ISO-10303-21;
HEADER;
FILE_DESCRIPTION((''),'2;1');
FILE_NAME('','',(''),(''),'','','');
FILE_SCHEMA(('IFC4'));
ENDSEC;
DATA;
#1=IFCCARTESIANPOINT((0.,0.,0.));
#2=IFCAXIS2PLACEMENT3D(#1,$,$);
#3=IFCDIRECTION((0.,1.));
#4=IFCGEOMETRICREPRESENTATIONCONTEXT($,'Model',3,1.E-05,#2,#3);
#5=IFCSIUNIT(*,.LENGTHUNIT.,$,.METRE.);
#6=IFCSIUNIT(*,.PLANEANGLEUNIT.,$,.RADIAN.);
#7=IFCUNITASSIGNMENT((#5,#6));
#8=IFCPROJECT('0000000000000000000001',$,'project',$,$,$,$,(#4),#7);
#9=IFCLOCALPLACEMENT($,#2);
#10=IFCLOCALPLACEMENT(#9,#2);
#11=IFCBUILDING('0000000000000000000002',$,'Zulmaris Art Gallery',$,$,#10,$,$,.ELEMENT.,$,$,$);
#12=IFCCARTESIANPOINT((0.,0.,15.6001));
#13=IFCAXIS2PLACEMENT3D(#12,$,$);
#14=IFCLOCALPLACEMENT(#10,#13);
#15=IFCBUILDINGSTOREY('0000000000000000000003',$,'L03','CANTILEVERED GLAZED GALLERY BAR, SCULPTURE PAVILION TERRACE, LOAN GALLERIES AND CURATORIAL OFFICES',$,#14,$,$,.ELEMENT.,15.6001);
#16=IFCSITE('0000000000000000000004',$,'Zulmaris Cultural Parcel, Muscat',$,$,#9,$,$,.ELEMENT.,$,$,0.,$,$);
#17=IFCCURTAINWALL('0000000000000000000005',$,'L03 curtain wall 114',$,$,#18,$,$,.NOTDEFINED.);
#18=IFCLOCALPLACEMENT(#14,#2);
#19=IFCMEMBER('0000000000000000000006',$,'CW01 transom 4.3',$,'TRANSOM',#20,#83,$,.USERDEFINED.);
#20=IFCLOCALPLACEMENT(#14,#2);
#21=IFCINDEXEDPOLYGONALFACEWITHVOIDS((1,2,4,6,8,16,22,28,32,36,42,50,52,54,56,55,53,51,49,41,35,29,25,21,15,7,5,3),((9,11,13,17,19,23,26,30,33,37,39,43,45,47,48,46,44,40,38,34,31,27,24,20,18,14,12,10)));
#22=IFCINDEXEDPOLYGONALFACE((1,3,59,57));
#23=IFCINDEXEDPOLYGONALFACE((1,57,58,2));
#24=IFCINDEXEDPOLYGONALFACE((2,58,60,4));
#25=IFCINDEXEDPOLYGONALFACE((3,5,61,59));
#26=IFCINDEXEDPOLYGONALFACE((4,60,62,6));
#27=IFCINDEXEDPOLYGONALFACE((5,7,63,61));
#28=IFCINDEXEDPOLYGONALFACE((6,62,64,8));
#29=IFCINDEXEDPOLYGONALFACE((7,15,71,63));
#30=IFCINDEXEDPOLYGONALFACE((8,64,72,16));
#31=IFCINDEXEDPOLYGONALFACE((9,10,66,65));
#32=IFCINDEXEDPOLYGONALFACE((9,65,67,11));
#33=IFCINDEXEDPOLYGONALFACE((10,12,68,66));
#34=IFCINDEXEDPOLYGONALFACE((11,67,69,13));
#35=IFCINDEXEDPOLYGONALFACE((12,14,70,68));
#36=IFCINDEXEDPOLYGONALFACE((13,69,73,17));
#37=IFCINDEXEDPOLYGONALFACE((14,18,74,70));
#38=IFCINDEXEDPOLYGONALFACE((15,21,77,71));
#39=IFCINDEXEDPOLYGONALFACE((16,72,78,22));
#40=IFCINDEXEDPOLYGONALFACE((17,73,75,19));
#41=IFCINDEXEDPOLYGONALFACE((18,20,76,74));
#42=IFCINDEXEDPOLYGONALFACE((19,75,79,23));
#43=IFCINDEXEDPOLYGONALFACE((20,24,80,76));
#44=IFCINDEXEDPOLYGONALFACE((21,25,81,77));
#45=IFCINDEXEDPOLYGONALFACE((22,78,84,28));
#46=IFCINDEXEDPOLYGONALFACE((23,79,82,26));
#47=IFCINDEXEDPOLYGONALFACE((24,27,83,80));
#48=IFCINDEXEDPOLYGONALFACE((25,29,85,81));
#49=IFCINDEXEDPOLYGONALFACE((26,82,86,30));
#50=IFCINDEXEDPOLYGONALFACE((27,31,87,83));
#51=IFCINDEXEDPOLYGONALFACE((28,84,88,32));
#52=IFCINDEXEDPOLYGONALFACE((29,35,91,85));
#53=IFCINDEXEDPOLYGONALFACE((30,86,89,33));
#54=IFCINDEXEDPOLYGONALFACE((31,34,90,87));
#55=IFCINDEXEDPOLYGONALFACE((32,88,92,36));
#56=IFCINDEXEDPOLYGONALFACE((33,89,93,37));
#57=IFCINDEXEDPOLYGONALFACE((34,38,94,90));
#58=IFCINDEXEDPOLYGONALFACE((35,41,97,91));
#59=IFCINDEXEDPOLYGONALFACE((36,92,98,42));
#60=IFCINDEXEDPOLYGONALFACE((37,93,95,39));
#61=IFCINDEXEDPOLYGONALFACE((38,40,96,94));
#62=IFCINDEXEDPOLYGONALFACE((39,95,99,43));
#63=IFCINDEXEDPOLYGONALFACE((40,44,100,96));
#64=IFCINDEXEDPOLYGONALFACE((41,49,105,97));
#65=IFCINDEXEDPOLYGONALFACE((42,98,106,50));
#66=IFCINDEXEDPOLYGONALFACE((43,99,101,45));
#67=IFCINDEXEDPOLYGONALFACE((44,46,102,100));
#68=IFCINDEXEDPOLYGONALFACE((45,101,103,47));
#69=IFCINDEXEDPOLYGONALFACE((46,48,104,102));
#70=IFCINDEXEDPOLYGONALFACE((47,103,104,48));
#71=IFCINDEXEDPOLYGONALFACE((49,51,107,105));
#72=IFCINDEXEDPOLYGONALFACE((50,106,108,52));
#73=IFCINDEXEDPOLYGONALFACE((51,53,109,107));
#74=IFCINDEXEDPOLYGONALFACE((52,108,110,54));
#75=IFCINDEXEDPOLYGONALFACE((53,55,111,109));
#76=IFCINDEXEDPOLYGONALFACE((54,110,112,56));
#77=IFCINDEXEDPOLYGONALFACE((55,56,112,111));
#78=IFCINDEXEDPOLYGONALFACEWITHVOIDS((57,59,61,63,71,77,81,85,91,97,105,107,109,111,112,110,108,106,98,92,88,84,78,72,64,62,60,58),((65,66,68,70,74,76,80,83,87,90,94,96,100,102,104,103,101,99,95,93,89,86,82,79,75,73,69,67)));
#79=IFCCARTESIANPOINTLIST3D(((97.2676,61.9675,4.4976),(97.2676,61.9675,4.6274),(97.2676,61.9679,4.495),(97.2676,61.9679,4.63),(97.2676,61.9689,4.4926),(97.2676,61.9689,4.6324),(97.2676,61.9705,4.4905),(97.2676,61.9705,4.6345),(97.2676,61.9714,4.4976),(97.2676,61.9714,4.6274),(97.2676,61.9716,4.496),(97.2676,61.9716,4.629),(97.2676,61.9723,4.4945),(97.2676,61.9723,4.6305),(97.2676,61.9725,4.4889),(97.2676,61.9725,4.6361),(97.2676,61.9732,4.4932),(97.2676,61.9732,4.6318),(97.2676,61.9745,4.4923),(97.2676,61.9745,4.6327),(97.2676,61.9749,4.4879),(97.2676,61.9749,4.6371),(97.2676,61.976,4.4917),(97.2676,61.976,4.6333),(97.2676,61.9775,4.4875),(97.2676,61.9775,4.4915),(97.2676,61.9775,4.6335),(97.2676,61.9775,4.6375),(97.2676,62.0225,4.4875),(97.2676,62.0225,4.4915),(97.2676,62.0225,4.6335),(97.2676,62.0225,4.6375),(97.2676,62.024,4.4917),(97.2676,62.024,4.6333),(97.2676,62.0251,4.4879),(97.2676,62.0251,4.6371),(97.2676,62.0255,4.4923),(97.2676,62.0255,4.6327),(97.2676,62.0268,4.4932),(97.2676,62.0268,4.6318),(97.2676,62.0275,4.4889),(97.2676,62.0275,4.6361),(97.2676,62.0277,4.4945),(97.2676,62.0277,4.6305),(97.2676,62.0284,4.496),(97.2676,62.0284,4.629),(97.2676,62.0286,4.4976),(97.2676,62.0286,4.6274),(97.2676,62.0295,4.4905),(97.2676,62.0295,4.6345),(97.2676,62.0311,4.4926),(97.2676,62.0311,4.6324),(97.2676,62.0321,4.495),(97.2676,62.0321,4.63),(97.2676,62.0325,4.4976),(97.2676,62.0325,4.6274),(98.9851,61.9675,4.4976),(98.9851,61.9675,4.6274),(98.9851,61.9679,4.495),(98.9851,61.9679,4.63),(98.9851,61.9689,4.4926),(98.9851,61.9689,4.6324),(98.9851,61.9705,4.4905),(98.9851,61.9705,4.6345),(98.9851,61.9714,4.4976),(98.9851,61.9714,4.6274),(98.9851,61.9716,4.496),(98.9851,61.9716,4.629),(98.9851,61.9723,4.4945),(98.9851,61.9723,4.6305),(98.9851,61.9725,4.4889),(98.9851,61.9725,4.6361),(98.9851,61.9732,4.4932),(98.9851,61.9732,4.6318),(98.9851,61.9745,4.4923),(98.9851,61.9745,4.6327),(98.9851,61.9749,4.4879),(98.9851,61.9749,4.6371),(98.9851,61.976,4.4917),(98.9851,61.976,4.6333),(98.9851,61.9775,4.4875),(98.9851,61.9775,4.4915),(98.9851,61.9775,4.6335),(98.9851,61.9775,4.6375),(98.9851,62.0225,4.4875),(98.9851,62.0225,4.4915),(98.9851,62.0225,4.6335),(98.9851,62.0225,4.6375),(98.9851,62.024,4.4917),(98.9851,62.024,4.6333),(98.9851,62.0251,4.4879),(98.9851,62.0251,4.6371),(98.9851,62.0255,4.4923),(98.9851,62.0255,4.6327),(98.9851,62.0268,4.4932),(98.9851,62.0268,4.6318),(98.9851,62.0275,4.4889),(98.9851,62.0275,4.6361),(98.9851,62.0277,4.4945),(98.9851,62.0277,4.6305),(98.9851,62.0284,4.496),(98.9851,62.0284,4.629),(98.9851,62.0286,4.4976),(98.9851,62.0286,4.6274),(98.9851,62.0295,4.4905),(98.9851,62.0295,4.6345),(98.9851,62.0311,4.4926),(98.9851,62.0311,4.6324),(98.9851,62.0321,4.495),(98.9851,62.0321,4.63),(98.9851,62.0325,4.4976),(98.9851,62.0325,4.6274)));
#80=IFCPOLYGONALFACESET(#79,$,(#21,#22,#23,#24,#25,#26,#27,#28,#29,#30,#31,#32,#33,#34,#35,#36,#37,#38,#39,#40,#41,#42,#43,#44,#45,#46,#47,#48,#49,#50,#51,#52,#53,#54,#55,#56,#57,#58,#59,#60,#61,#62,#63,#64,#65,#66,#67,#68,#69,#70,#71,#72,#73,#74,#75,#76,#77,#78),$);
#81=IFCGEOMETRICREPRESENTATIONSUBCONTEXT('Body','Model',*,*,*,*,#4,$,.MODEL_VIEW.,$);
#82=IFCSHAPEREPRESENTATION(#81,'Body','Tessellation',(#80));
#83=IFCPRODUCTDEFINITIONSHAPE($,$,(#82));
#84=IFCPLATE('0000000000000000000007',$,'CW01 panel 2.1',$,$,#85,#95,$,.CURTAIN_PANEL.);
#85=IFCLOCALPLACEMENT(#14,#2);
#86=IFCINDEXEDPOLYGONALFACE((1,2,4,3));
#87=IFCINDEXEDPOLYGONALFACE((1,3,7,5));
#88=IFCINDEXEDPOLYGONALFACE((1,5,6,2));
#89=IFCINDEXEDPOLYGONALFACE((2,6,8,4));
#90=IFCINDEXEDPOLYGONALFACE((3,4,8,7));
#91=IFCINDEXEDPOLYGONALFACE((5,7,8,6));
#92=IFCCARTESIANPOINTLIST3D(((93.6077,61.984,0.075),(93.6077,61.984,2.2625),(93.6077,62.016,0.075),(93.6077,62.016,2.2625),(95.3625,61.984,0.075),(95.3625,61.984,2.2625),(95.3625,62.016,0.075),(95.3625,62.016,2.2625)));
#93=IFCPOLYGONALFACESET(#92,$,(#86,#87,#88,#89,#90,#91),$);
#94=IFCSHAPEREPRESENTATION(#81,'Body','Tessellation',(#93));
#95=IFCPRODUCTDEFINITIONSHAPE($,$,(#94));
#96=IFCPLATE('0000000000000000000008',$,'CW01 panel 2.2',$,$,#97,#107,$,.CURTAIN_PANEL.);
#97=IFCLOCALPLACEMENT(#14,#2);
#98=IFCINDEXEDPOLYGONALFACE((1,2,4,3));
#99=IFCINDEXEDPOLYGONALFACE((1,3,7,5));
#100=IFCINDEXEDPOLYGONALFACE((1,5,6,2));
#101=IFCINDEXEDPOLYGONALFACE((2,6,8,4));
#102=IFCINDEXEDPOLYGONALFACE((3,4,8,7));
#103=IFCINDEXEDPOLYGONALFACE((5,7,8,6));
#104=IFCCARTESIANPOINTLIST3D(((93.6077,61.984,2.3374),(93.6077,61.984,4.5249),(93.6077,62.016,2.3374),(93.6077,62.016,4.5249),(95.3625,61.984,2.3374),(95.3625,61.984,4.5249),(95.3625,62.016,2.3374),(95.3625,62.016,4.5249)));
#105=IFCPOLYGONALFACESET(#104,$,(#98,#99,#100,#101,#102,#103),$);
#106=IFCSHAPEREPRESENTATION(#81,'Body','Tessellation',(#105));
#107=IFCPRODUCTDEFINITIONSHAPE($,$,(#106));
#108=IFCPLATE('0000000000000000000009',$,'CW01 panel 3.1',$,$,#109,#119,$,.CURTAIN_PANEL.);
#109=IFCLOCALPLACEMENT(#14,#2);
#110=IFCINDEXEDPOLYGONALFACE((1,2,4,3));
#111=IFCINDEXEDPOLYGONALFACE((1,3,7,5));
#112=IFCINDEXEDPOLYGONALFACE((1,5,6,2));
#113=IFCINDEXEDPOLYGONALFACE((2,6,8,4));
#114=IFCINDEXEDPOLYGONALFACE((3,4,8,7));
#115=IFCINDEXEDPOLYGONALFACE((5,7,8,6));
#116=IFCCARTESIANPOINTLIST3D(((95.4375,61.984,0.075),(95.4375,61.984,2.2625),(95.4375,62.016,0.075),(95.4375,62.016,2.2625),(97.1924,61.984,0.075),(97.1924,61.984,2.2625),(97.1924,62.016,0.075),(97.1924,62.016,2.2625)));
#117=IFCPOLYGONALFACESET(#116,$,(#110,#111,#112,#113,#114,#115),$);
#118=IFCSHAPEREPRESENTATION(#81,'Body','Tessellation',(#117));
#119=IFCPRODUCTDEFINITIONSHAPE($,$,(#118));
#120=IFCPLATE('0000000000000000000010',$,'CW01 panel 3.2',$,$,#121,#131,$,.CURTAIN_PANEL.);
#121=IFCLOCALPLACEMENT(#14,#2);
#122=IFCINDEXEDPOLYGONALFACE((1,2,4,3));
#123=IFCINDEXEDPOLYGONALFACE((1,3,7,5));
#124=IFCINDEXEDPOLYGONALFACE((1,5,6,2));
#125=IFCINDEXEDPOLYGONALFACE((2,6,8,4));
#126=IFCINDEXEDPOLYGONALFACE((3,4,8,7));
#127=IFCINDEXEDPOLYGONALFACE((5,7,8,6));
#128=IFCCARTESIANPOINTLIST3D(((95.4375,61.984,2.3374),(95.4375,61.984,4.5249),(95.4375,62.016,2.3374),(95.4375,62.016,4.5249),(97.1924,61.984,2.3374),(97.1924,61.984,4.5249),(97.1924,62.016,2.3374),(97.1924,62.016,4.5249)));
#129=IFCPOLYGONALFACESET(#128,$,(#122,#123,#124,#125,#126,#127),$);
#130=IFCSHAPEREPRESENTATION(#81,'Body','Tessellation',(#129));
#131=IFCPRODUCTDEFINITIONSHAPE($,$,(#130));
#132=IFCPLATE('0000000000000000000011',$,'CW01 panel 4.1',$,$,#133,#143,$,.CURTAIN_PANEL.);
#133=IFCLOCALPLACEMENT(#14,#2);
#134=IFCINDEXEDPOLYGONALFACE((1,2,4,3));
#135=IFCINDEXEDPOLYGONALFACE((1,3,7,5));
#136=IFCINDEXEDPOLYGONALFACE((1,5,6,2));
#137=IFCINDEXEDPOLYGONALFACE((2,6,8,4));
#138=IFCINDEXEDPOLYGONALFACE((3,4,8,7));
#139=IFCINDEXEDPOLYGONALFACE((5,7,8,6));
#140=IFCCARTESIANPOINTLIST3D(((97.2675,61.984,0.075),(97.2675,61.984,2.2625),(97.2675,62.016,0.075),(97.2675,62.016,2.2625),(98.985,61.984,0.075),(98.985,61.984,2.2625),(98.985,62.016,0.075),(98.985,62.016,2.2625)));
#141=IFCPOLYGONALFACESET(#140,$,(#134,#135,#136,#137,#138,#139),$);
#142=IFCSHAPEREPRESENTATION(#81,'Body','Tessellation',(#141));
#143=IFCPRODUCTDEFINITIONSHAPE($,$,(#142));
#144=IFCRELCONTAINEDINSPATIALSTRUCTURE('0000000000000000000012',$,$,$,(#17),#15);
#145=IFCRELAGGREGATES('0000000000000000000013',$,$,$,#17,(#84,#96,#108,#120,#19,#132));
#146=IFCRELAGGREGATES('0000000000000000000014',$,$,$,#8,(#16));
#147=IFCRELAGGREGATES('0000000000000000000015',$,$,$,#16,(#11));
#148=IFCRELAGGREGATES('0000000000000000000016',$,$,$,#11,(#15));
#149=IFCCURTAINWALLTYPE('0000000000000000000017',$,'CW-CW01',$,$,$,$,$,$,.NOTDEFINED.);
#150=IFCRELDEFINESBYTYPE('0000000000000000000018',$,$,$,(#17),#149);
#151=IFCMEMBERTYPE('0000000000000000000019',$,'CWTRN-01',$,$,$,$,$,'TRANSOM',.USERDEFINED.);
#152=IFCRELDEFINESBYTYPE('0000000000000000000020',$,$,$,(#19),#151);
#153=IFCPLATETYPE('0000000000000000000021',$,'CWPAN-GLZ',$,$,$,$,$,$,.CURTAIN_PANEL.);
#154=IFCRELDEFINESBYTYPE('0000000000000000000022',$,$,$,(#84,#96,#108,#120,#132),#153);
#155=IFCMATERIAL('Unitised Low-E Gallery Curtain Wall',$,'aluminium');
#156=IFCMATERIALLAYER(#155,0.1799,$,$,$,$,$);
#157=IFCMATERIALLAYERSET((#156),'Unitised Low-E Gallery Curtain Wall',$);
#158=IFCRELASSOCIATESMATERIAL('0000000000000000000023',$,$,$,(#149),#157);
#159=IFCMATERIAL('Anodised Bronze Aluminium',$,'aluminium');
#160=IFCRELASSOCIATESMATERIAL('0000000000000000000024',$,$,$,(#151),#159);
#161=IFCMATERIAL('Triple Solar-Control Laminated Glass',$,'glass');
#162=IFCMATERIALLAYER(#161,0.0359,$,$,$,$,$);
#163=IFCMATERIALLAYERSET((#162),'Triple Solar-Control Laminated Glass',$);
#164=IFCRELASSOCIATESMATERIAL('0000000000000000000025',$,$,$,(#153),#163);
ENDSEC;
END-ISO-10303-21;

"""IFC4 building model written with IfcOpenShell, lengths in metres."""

from ifc_helpers import new_model, si_unit, direction, frame, origin, origin_2d, place, context, subcontext, project, spatial, rectangle, hollow_rectangle, extrude, material, layer, layer_set, material_profile, profile_set, type_object, element, aggregate, save


model = new_model("IFC4")

# Units and contexts
model_context = context("Model", 3, precision=1e-05, world=origin(), true_north=direction((0.0, 1.0)))
body_context = subcontext(model_context, "Body", "Model", "MODEL_VIEW")
ifc_project = project(units=[si_unit("LENGTHUNIT", "METRE"), si_unit("PLANEANGLEUNIT", "RADIAN")], contexts=[model_context])

# Site, building, storey
site_placement = place(None, origin())
site = spatial("IfcSite", under=ifc_project, at=site_placement, Name="Zulmaris Cultural Parcel, Muscat", CompositionType="ELEMENT", RefElevation=0.0)
building_placement = place(site_placement, origin())
building = spatial("IfcBuilding", under=site, at=building_placement, Name="Zulmaris Art Gallery", CompositionType="ELEMENT")
storey_placement = place(building_placement, frame((0.0, 0.0, 15.6001)))
storey = spatial("IfcBuildingStorey", under=building, at=storey_placement, Name="L03", Description="CANTILEVERED GLAZED GALLERY BAR, SCULPTURE PAVILION TERRACE, LOAN GALLERIES AND CURATORIAL OFFICES", CompositionType="ELEMENT", Elevation=15.6001)

# Curtain wall, member, plates
ifc_material_1 = material(Name="Unitised Low-E Gallery Curtain Wall", Category="aluminium")
ifc_layer_1 = layer(ifc_material_1, 0.1799)
ifc_layer_set_1 = layer_set([ifc_layer_1], Name="Unitised Low-E Gallery Curtain Wall")
curtain_wall_type = type_object("IfcCurtainWallType", Name="CW-CW01", PredefinedType="NOTDEFINED", material=ifc_layer_set_1)
curtain_wall_placement = place(storey_placement, origin())
curtain_wall = element("IfcCurtainWall", 1, at=curtain_wall_placement, inside=storey, type_object=curtain_wall_type, Name="L03 curtain wall 114", PredefinedType="NOTDEFINED")
ifc_material_2 = material(Name="Anodised Bronze Aluminium", Category="aluminium")
ifc_material_profile_1 = material_profile(ifc_material_2, hollow_rectangle(XDim=0.0649, YDim=0.1499, WallThickness=0.0039, InnerFilletRadius=0.0061, OuterFilletRadius=0.01, at=origin_2d()), Name="ALU 65x150x4")
ifc_profile_set_1 = profile_set([ifc_material_profile_1], Name="Anodised Bronze Aluminium")
member_type_1 = type_object("IfcMemberType", Name="CWTRN-01", ElementType="TRANSOM", PredefinedType="USERDEFINED", material=ifc_profile_set_1)
member_1_placement = place(storey_placement, frame((97.2676, 62.0, 4.5625), z_axis=(1.0, 0.0, 0.0), x_axis=(0.0, 1.0, 0.0)))
member_1 = element("IfcMember", 2, at=member_1_placement, type_object=member_type_1, Name="CW01 transom 4.3", ObjectType="TRANSOM", PredefinedType="USERDEFINED", context=body_context, shape_type="SweptSolid", body=[
    extrude(hollow_rectangle(XDim=0.0649, YDim=0.1499, WallThickness=0.0039, InnerFilletRadius=0.0061, OuterFilletRadius=0.01, at=origin_2d()), origin(), (0.0, 0.0, 1.0), 1.7175),
])
ifc_material_3 = material(Name="Triple Solar-Control Laminated Glass", Category="glass")
ifc_layer_2 = layer(ifc_material_3, 0.0359)
ifc_layer_set_2 = layer_set([ifc_layer_2], Name="Triple Solar-Control Laminated Glass")
plate_type = type_object("IfcPlateType", Name="CWPAN-GLZ", PredefinedType="CURTAIN_PANEL", material=ifc_layer_set_2)
plate_1_placement = place(storey_placement, frame((94.4851, 62.0, 0.075), z_axis=(0.0, 0.0, 1.0), x_axis=(1.0, 0.0, 0.0)))
plate_1 = element("IfcPlate", 3, at=plate_1_placement, type_object=plate_type, Name="CW01 panel 2.1", PredefinedType="CURTAIN_PANEL", context=body_context, shape_type="SweptSolid", body=[
    extrude(rectangle(XDim=1.7549, YDim=0.032, at=origin_2d()), origin(), (0.0, 0.0, 1.0), 2.1875),
])
plate_2_placement = place(storey_placement, frame((94.4851, 62.0, 2.3374), z_axis=(0.0, 0.0, 1.0), x_axis=(1.0, 0.0, 0.0)))
plate_2 = element("IfcPlate", 4, at=plate_2_placement, type_object=plate_type, Name="CW01 panel 2.2", PredefinedType="CURTAIN_PANEL", context=body_context, shape_type="SweptSolid", body=[
    extrude(rectangle(XDim=1.7549, YDim=0.032, at=origin_2d()), origin(), (0.0, 0.0, 1.0), 2.1875),
])
plate_3_placement = place(storey_placement, frame((96.3149, 62.0, 0.075), z_axis=(0.0, 0.0, 1.0), x_axis=(1.0, 0.0, 0.0)))
plate_3 = element("IfcPlate", 5, at=plate_3_placement, type_object=plate_type, Name="CW01 panel 3.1", PredefinedType="CURTAIN_PANEL", context=body_context, shape_type="SweptSolid", body=[
    extrude(rectangle(XDim=1.7549, YDim=0.032, at=origin_2d()), origin(), (0.0, 0.0, 1.0), 2.1875),
])
plate_4_placement = place(storey_placement, frame((96.3149, 62.0, 2.3374), z_axis=(0.0, 0.0, 1.0), x_axis=(1.0, 0.0, 0.0)))
plate_4 = element("IfcPlate", 6, at=plate_4_placement, type_object=plate_type, Name="CW01 panel 3.2", PredefinedType="CURTAIN_PANEL", context=body_context, shape_type="SweptSolid", body=[
    extrude(rectangle(XDim=1.7549, YDim=0.032, at=origin_2d()), origin(), (0.0, 0.0, 1.0), 2.1875),
])
plate_5_placement = place(storey_placement, frame((98.1262, 62.0, 0.075), z_axis=(0.0, 0.0, 1.0), x_axis=(1.0, 0.0, 0.0)))
plate_5 = element("IfcPlate", 7, at=plate_5_placement, type_object=plate_type, Name="CW01 panel 4.1", PredefinedType="CURTAIN_PANEL", context=body_context, shape_type="SweptSolid", body=[
    extrude(rectangle(XDim=1.7175, YDim=0.032, at=origin_2d()), origin(), (0.0, 0.0, 1.0), 2.1875),
])
aggregate(curtain_wall, [plate_1, plate_2, plate_3, plate_4, member_1, plate_5])

save(model, "model.ifc")
